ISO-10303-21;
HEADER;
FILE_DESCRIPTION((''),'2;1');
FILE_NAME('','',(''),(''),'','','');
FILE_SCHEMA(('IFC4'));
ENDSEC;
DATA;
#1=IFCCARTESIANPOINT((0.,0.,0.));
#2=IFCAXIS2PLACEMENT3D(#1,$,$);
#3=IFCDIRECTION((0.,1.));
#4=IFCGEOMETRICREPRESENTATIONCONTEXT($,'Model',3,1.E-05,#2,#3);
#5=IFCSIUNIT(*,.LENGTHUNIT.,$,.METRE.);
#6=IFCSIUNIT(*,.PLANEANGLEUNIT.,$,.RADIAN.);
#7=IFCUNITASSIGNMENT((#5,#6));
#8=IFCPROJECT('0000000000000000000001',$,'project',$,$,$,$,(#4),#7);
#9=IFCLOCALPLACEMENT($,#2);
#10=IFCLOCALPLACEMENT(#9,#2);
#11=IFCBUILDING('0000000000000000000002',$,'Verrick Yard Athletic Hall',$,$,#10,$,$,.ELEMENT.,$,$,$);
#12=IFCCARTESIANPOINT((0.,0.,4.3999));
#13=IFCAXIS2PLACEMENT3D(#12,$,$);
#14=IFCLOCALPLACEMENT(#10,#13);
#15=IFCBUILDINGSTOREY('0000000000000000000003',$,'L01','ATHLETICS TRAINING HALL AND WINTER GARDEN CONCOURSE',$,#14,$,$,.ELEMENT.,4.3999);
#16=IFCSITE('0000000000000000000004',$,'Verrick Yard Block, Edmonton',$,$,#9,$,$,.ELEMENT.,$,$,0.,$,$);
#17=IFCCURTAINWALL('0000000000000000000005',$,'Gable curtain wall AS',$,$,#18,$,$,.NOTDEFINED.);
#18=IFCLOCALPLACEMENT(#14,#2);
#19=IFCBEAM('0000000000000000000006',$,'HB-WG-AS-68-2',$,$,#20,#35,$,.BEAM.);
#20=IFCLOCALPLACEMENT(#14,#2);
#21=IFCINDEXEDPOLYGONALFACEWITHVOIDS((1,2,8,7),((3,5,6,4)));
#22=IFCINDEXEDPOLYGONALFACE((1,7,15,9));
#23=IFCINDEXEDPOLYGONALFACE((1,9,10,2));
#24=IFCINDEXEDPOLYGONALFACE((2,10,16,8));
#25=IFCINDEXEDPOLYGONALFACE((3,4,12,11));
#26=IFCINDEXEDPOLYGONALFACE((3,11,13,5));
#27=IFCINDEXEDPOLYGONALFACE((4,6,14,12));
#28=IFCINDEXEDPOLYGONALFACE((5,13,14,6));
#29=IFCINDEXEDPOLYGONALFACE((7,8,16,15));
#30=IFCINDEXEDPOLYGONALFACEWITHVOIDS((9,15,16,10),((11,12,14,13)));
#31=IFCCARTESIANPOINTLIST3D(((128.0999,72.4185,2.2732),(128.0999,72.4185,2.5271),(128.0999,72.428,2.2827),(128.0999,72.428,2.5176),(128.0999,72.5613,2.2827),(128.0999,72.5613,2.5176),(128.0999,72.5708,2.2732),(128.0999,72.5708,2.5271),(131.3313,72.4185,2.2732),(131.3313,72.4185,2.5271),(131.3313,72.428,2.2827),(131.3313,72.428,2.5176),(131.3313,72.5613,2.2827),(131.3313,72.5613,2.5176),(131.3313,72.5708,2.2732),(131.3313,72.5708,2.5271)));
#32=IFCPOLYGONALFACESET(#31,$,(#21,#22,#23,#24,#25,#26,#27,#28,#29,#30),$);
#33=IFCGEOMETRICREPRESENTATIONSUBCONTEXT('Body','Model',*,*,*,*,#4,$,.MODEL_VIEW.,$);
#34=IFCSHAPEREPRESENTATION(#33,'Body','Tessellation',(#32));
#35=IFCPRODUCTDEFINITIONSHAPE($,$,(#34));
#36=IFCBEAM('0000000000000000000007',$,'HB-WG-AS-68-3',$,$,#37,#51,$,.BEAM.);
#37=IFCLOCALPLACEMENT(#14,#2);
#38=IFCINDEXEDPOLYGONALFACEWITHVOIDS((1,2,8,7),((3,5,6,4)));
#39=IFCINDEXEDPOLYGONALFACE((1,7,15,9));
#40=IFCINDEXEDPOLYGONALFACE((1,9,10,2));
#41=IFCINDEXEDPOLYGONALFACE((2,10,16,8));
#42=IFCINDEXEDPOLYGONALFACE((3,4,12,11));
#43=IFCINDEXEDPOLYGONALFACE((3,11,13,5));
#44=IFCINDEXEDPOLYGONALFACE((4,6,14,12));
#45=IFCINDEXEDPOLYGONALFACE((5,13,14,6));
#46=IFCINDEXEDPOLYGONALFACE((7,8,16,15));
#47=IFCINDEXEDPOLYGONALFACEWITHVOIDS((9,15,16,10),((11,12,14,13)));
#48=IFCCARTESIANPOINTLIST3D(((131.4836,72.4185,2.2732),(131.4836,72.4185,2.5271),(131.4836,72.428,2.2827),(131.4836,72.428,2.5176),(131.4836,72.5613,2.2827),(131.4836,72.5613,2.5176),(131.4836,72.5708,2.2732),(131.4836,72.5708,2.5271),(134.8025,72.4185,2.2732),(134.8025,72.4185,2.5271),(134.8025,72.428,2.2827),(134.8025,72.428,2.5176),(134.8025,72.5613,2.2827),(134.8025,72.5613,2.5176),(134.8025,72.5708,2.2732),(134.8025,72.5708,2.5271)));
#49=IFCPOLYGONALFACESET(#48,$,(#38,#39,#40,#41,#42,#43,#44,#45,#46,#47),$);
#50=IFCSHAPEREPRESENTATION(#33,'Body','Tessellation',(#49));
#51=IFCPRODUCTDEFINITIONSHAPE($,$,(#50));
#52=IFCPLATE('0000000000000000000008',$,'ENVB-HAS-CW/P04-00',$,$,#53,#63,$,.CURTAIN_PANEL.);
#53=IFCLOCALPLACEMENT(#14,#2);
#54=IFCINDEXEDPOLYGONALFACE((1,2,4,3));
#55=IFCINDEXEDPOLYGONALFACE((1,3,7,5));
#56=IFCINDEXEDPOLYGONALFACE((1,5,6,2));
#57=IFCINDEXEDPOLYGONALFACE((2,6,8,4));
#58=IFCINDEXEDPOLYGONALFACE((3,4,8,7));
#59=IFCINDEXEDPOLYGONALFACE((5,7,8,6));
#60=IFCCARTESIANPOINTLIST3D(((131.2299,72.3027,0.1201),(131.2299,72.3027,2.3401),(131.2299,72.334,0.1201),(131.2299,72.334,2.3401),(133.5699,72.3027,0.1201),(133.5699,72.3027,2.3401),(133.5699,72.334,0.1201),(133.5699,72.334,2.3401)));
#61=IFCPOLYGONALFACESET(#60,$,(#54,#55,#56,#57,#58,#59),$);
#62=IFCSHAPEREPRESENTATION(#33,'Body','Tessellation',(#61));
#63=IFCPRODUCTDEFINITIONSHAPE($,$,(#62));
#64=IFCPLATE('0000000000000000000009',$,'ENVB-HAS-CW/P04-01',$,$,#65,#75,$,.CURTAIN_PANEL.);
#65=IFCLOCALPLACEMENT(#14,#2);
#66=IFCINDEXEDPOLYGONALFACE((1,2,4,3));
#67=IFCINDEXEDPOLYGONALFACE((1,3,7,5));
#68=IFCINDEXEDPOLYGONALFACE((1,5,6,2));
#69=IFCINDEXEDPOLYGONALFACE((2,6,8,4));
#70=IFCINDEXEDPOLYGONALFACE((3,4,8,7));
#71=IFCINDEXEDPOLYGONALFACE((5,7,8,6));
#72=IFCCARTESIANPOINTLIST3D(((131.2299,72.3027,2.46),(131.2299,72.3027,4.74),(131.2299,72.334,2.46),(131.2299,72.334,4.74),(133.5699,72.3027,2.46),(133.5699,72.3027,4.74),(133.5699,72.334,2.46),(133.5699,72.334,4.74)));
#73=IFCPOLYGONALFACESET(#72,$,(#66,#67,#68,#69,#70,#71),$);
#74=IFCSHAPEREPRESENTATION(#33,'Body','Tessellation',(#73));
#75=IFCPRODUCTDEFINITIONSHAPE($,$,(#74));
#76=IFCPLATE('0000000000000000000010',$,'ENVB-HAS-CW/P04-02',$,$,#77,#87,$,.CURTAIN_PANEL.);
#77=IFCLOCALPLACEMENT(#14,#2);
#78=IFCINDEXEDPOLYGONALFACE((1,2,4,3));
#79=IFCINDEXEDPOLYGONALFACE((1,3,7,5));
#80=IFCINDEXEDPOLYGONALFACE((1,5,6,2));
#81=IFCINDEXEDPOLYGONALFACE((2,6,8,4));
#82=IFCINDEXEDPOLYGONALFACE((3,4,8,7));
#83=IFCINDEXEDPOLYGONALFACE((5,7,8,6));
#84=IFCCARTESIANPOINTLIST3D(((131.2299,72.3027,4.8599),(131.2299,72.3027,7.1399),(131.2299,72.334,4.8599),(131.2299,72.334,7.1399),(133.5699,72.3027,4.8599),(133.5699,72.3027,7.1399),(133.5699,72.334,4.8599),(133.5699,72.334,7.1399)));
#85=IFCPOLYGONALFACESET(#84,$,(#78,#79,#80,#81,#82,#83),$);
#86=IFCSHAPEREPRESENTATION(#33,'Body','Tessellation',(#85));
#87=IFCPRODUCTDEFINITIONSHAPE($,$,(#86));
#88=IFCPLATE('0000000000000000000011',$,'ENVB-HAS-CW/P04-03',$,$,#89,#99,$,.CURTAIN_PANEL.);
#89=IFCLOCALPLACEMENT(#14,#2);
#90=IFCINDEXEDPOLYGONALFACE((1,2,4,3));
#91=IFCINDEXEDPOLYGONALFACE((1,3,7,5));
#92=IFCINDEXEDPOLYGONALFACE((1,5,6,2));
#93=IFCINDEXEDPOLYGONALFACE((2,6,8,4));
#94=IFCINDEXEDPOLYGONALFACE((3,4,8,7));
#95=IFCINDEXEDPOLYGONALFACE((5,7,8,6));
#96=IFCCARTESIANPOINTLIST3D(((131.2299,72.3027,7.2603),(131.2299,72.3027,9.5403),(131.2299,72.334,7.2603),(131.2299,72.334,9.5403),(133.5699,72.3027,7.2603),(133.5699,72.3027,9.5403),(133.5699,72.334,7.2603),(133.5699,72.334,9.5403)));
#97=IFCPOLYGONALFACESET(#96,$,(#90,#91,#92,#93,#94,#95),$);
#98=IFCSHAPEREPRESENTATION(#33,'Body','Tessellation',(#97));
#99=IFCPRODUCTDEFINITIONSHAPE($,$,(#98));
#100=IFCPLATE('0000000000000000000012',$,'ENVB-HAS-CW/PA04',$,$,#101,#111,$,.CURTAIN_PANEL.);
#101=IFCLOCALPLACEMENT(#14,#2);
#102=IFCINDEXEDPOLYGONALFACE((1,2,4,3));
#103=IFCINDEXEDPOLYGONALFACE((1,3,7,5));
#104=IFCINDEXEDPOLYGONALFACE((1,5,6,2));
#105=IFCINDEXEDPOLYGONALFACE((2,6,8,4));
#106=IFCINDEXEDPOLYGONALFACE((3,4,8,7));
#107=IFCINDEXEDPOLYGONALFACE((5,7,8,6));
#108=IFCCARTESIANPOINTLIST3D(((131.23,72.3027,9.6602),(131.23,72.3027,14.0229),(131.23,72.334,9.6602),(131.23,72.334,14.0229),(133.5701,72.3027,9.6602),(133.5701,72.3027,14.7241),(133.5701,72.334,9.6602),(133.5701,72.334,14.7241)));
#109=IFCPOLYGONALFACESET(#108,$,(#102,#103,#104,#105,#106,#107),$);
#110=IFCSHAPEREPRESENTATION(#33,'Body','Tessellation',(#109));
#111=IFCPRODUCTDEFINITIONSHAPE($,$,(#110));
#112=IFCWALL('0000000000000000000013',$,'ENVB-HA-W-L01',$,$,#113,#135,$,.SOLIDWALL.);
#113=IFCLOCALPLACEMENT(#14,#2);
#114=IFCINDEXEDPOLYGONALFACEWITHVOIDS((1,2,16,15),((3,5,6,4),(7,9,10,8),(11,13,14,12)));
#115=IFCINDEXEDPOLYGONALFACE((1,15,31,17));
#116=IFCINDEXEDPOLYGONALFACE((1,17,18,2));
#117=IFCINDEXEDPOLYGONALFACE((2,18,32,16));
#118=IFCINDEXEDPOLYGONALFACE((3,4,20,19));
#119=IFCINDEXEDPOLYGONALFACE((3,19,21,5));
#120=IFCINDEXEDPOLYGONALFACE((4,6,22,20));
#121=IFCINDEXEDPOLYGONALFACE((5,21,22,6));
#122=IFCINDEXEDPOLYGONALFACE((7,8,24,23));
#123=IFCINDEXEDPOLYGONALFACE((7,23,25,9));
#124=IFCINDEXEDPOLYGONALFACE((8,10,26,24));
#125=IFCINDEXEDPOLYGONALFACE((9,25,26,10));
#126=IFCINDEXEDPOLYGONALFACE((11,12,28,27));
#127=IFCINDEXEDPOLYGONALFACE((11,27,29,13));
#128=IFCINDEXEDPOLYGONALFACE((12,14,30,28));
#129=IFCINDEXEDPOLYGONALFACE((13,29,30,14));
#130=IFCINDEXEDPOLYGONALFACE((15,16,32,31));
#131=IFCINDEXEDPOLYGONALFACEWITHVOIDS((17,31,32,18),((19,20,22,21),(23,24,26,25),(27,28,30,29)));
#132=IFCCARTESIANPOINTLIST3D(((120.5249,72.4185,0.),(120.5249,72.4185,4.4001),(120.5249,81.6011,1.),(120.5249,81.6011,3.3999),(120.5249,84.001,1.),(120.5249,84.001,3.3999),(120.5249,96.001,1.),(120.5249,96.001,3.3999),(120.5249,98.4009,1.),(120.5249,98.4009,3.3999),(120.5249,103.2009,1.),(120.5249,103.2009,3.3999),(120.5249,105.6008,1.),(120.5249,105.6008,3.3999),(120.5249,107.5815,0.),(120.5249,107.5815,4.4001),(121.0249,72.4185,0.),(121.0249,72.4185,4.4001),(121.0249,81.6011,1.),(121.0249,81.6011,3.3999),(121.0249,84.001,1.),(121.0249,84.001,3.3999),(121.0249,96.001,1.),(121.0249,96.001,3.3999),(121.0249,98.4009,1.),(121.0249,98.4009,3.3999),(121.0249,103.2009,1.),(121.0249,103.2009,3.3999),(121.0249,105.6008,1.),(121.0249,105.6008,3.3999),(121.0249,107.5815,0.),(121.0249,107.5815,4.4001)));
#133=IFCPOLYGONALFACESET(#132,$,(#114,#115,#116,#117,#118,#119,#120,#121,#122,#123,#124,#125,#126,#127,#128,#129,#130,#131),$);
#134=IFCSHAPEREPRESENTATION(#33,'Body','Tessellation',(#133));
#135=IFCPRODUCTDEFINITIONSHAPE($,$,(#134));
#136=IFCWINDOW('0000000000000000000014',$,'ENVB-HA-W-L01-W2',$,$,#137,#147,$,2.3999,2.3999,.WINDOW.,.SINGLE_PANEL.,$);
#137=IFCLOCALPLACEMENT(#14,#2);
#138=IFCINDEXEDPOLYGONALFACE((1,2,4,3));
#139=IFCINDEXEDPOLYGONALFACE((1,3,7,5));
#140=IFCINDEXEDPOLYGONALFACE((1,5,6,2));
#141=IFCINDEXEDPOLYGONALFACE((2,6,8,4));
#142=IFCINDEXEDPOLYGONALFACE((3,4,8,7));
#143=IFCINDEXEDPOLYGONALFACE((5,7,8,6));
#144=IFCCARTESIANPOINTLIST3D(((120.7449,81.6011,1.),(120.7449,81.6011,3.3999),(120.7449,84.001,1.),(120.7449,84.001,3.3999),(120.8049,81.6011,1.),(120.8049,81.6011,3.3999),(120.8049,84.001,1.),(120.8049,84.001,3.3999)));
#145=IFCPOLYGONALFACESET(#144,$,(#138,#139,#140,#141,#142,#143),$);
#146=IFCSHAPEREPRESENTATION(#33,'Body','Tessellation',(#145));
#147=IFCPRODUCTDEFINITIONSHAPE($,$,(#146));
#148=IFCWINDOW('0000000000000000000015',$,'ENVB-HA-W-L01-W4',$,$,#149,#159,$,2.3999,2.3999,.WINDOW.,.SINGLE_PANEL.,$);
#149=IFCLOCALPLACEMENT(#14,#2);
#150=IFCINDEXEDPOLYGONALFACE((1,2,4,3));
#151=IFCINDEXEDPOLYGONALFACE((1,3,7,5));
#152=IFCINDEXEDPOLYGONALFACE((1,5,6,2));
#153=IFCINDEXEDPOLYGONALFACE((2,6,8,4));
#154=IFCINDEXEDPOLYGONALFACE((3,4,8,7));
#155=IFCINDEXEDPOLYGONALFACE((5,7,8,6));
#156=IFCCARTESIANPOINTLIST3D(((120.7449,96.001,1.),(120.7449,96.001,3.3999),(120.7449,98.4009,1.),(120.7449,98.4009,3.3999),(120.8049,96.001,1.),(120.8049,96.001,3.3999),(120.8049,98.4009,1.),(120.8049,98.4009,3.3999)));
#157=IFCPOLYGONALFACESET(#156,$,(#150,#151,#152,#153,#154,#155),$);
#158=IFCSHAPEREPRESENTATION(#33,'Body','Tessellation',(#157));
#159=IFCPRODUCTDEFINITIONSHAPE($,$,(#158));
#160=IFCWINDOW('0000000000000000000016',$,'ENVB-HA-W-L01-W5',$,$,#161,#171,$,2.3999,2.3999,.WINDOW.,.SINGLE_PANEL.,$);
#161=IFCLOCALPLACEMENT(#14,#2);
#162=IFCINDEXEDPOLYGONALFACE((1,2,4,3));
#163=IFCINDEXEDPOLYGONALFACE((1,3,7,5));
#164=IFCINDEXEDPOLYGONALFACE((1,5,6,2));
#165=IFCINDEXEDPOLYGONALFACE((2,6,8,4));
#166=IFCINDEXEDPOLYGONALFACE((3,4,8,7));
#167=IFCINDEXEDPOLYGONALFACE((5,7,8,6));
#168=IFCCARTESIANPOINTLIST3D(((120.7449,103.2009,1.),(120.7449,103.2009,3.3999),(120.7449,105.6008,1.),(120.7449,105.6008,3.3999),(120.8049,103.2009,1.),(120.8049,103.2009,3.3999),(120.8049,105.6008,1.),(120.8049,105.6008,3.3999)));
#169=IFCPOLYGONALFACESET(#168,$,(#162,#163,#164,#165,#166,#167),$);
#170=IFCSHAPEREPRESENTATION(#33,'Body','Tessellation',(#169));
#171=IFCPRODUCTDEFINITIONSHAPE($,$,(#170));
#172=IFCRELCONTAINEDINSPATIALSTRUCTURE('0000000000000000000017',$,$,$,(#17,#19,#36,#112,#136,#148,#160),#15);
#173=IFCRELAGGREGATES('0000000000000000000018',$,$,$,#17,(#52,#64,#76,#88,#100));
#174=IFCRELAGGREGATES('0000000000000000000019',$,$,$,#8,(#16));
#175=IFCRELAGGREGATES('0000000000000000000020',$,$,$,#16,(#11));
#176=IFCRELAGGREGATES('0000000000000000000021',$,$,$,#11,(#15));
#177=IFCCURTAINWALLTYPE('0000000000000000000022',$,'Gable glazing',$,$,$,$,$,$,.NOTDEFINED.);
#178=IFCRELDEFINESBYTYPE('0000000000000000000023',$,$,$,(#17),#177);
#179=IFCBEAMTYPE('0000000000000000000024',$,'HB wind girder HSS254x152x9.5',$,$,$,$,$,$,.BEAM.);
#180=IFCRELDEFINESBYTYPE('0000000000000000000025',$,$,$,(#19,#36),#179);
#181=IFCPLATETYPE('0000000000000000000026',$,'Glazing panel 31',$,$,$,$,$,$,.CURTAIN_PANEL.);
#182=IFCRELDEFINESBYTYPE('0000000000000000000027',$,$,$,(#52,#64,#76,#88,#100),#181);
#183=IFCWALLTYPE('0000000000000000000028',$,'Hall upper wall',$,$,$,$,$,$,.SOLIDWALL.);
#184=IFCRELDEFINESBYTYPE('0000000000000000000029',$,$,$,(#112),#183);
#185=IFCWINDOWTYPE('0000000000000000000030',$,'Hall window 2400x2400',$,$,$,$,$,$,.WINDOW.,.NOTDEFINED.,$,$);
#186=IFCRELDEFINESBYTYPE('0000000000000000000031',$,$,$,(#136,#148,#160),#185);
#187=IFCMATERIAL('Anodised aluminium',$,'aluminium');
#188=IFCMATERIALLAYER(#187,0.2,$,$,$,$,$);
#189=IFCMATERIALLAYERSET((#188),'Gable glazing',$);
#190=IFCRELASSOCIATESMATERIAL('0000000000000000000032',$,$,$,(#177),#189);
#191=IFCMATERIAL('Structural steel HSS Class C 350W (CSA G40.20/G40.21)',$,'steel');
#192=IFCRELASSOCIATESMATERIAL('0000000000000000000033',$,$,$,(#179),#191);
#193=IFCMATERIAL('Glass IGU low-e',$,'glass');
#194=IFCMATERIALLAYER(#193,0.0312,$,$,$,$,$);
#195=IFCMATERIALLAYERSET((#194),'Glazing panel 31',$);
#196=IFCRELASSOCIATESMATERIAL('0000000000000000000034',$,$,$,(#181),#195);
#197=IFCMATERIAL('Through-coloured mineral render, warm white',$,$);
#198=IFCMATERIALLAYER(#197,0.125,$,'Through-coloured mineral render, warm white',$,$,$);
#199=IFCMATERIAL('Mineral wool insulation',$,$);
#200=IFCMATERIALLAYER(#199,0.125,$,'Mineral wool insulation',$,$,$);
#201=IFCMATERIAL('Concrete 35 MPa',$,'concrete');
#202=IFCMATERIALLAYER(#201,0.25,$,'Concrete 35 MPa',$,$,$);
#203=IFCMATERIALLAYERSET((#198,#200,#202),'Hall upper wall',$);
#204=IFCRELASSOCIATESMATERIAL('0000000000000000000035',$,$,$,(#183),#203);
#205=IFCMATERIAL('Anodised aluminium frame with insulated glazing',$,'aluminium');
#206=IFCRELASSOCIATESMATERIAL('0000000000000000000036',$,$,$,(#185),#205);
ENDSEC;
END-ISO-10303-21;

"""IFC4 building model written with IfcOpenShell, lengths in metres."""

from ifc_helpers import new_model, si_unit, direction, frame, frame_2d, origin, origin_2d, place, context, subcontext, project, spatial, polyline, rectangle, hollow_rectangle, outline, extrude, material, layer, layer_set, material_profile, profile_set, type_object, element, fill, aggregate, save


model = new_model("IFC4")

# Units and contexts
model_context = context("Model", 3, precision=1e-05, world=origin(), true_north=direction((0.0, 1.0)))
body_context = subcontext(model_context, "Body", "Model", "MODEL_VIEW")
ifc_project = project(units=[si_unit("LENGTHUNIT", "METRE"), si_unit("PLANEANGLEUNIT", "RADIAN")], contexts=[model_context])

# Site, building, storey
site_placement = place(None, origin())
site = spatial("IfcSite", under=ifc_project, at=site_placement, Name="Verrick Yard Block, Edmonton", CompositionType="ELEMENT", RefElevation=0.0)
building_placement = place(site_placement, origin())
building = spatial("IfcBuilding", under=site, at=building_placement, Name="Verrick Yard Athletic Hall", CompositionType="ELEMENT")
storey_placement = place(building_placement, frame((0.0, 0.0, 4.3999)))
storey = spatial("IfcBuildingStorey", under=building, at=storey_placement, Name="L01", Description="ATHLETICS TRAINING HALL AND WINTER GARDEN CONCOURSE", CompositionType="ELEMENT", Elevation=4.3999)

# Curtain wall
ifc_material_1 = material(Name="Anodised aluminium", Category="aluminium")
ifc_layer_1 = layer(ifc_material_1, 0.2)
ifc_layer_set_1 = layer_set([ifc_layer_1], Name="Gable glazing")
curtain_wall_type = type_object("IfcCurtainWallType", Name="Gable glazing", PredefinedType="NOTDEFINED", material=ifc_layer_set_1)
curtain_wall_placement = place(storey_placement, origin())
curtain_wall = element("IfcCurtainWall", 1, at=curtain_wall_placement, inside=storey, type_object=curtain_wall_type, Name="Gable curtain wall AS", PredefinedType="NOTDEFINED")

# Shared definitions
ifc_material_2 = material(Name="Structural steel HSS Class C 350W (CSA G40.20/G40.21)", Category="steel")

# Beams
ifc_material_profile_1 = material_profile(ifc_material_2, hollow_rectangle(XDim=0.1523, YDim=0.2539, WallThickness=0.0095, at=origin_2d()), Name="HSS254x152x9.5")
ifc_profile_set_1 = profile_set([ifc_material_profile_1], Name="Structural steel HSS Class C 350W (CSA G40.20/G40.21)")
beam_type_1 = type_object("IfcBeamType", Name="HB wind girder HSS254x152x9.5", PredefinedType="BEAM", material=ifc_profile_set_1)
beam_1_placement = place(storey_placement, frame((128.0999, 72.4946, 2.4001), z_axis=(1.0, 0.0, 0.0), x_axis=(0.0, 1.0, 0.0)))
element("IfcBeam", 2, at=beam_1_placement, inside=storey, type_object=beam_type_1, Name="HB-WG-AS-68-2", PredefinedType="BEAM", context=body_context, shape_type="SweptSolid", body=[
    extrude(hollow_rectangle(XDim=0.1523, YDim=0.2539, WallThickness=0.0095, at=origin_2d()), origin(), (0.0, 0.0, 1.0), 3.2314),
])
beam_2_placement = place(storey_placement, frame((131.4836, 72.4946, 2.4001), z_axis=(1.0, 0.0, 0.0), x_axis=(0.0, 1.0, 0.0)))
element("IfcBeam", 3, at=beam_2_placement, inside=storey, type_object=beam_type_1, Name="HB-WG-AS-68-3", PredefinedType="BEAM", context=body_context, shape_type="SweptSolid", body=[
    extrude(hollow_rectangle(XDim=0.1523, YDim=0.2539, WallThickness=0.0095, at=origin_2d()), origin(), (0.0, 0.0, 1.0), 3.3188),
])

# Plates
ifc_material_3 = material(Name="Glass IGU low-e", Category="glass")
ifc_layer_2 = layer(ifc_material_3, 0.0312)
ifc_layer_set_2 = layer_set([ifc_layer_2], Name="Glazing panel 31")
plate_type = type_object("IfcPlateType", Name="Glazing panel 31", PredefinedType="CURTAIN_PANEL", material=ifc_layer_set_2)
plate_1_placement = place(storey_placement, frame((132.3999, 72.3184, 0.1201), z_axis=(0.0, 0.0, 1.0), x_axis=(1.0, 0.0, 0.0)))
plate_1 = element("IfcPlate", 4, at=plate_1_placement, type_object=plate_type, Name="ENVB-HAS-CW/P04-00", PredefinedType="CURTAIN_PANEL", context=body_context, shape_type="SweptSolid", body=[
    extrude(rectangle(XDim=2.3401, YDim=0.0312, at=origin_2d()), origin(), (0.0, 0.0, 1.0), 2.22),
])
plate_2_placement = place(storey_placement, frame((132.3999, 72.3184, 2.46), z_axis=(0.0, 0.0, 1.0), x_axis=(1.0, 0.0, 0.0)))
plate_2 = element("IfcPlate", 5, at=plate_2_placement, type_object=plate_type, Name="ENVB-HAS-CW/P04-01", PredefinedType="CURTAIN_PANEL", context=body_context, shape_type="SweptSolid", body=[
    extrude(rectangle(XDim=2.3401, YDim=0.0312, at=origin_2d()), origin(), (0.0, 0.0, 1.0), 2.28),
])
plate_3_placement = place(storey_placement, frame((132.3999, 72.3184, 4.8599), z_axis=(0.0, 0.0, 1.0), x_axis=(1.0, 0.0, 0.0)))
plate_3 = element("IfcPlate", 6, at=plate_3_placement, type_object=plate_type, Name="ENVB-HAS-CW/P04-02", PredefinedType="CURTAIN_PANEL", context=body_context, shape_type="SweptSolid", body=[
    extrude(rectangle(XDim=2.3401, YDim=0.0312, at=origin_2d()), origin(), (0.0, 0.0, 1.0), 2.28),
])
plate_4_placement = place(storey_placement, frame((132.3999, 72.3184, 7.2603), z_axis=(0.0, 0.0, 1.0), x_axis=(1.0, 0.0, 0.0)))
plate_4 = element("IfcPlate", 7, at=plate_4_placement, type_object=plate_type, Name="ENVB-HAS-CW/P04-03", PredefinedType="CURTAIN_PANEL", context=body_context, shape_type="SweptSolid", body=[
    extrude(rectangle(XDim=2.3401, YDim=0.0312, at=origin_2d()), origin(), (0.0, 0.0, 1.0), 2.28),
])
plate_5_placement = place(storey_placement, frame((131.23, 72.3184, 9.6602), z_axis=(0.0, 0.0, 1.0), x_axis=(1.0, 0.0, 0.0)))
plate_5 = element("IfcPlate", 8, at=plate_5_placement, type_object=plate_type, Name="ENVB-HAS-CW/PA04", PredefinedType="CURTAIN_PANEL", context=body_context, shape_type="SweptSolid", body=[
    extrude(outline(polyline([(0.0, 4.3628), (2.3401, 5.064), (2.3401, 0.0), (0.0, 0.0), (0.0, 4.3628)])), frame((0.0, 0.0156, 0.0), z_axis=(0.0, -1.0, 0.0), x_axis=(1.0, 0.0, 0.0)), (0.0, 0.0, 1.0), 0.0312),
])
aggregate(curtain_wall, [plate_1, plate_2, plate_3, plate_4, plate_5])

# Wall, openings, windows
ifc_material_4 = material(Name="Through-coloured mineral render, warm white")
ifc_layer_3 = layer(ifc_material_4, 0.125, Name="Through-coloured mineral render, warm white")
ifc_material_5 = material(Name="Mineral wool insulation")
ifc_layer_4 = layer(ifc_material_5, 0.125, Name="Mineral wool insulation")
ifc_material_6 = material(Name="Concrete 35 MPa", Category="concrete")
ifc_layer_5 = layer(ifc_material_6, 0.25, Name="Concrete 35 MPa")
ifc_layer_set_3 = layer_set([ifc_layer_3, ifc_layer_4, ifc_layer_5], Name="Hall upper wall")
wall_type = type_object("IfcWallType", Name="Hall upper wall", PredefinedType="SOLIDWALL", material=ifc_layer_set_3)
wall_placement = place(storey_placement, frame((120.7749, 72.4185, 0.0), z_axis=(0.0, 0.0, 1.0), x_axis=(0.0, 1.0, 0.0)))
wall = element("IfcWall", 9, at=wall_placement, inside=storey, type_object=wall_type, Name="ENVB-HA-W-L01", PredefinedType="SOLIDWALL", context=body_context, shape_type="SweptSolid", body=[
    extrude(rectangle(XDim=35.1631, YDim=0.5, at=frame_2d((17.5815, 0.0))), origin(), (0.0, 0.0, 1.0), 4.4001),
])
opening_1_placement = place(wall_placement, frame((9.1826, 0.0, 1.0)))
opening_1 = element("IfcOpeningElement", 10, at=opening_1_placement, cuts=wall, PredefinedType="OPENING", context=body_context, shape_type="SweptSolid", body=[
    extrude(rectangle(XDim=2.3999, YDim=2.3999, at=frame_2d((1.2, 1.2))), frame((0.0, 0.26, 0.0), z_axis=(0.0, -1.0, 0.0), x_axis=(1.0, 0.0, 0.0)), (0.0, 0.0, 1.0), 0.52),
])
opening_2_placement = place(wall_placement, frame((23.5825, 0.0, 1.0)))
opening_2 = element("IfcOpeningElement", 11, at=opening_2_placement, cuts=wall, PredefinedType="OPENING", context=body_context, shape_type="SweptSolid", body=[
    extrude(rectangle(XDim=2.3999, YDim=2.3999, at=frame_2d((1.2, 1.2))), frame((0.0, 0.26, 0.0), z_axis=(0.0, -1.0, 0.0), x_axis=(1.0, 0.0, 0.0)), (0.0, 0.0, 1.0), 0.52),
])
opening_3_placement = place(wall_placement, frame((30.7825, 0.0, 1.0)))
opening_3 = element("IfcOpeningElement", 12, at=opening_3_placement, cuts=wall, PredefinedType="OPENING", context=body_context, shape_type="SweptSolid", body=[
    extrude(rectangle(XDim=2.3999, YDim=2.3999, at=frame_2d((1.2, 1.2))), frame((0.0, 0.26, 0.0), z_axis=(0.0, -1.0, 0.0), x_axis=(1.0, 0.0, 0.0)), (0.0, 0.0, 1.0), 0.52),
])
ifc_material_7 = material(Name="Anodised aluminium frame with insulated glazing", Category="aluminium")
window_type = type_object("IfcWindowType", Name="Hall window 2400x2400", PartitioningType="NOTDEFINED", PredefinedType="WINDOW", material=ifc_material_7)
window_1_placement = place(opening_1_placement, origin())
window_1 = element("IfcWindow", 13, at=window_1_placement, inside=storey, type_object=window_type, Name="ENVB-HA-W-L01-W2", OverallHeight=2.3999, OverallWidth=2.3999, PartitioningType="SINGLE_PANEL", PredefinedType="WINDOW", context=body_context, shape_type="SweptSolid", body=[
    extrude(rectangle(XDim=2.3999, YDim=2.3999, at=frame_2d((1.2, 1.2))), frame((0.0, 0.03, 0.0), z_axis=(0.0, -1.0, 0.0), x_axis=(1.0, 0.0, 0.0)), (0.0, 0.0, 1.0), 0.0601),
])
fill(opening_1, window_1)
window_2_placement = place(opening_2_placement, origin())
window_2 = element("IfcWindow", 14, at=window_2_placement, inside=storey, type_object=window_type, Name="ENVB-HA-W-L01-W4", OverallHeight=2.3999, OverallWidth=2.3999, PartitioningType="SINGLE_PANEL", PredefinedType="WINDOW", context=body_context, shape_type="SweptSolid", body=[
    extrude(rectangle(XDim=2.3999, YDim=2.3999, at=frame_2d((1.2, 1.2))), frame((0.0, 0.03, 0.0), z_axis=(0.0, -1.0, 0.0), x_axis=(1.0, 0.0, 0.0)), (0.0, 0.0, 1.0), 0.0601),
])
fill(opening_2, window_2)
window_3_placement = place(opening_3_placement, origin())
window_3 = element("IfcWindow", 15, at=window_3_placement, inside=storey, type_object=window_type, Name="ENVB-HA-W-L01-W5", OverallHeight=2.3999, OverallWidth=2.3999, PartitioningType="SINGLE_PANEL", PredefinedType="WINDOW", context=body_context, shape_type="SweptSolid", body=[
    extrude(rectangle(XDim=2.3999, YDim=2.3999, at=frame_2d((1.2, 1.2))), frame((0.0, 0.03, 0.0), z_axis=(0.0, -1.0, 0.0), x_axis=(1.0, 0.0, 0.0)), (0.0, 0.0, 1.0), 0.0601),
])
fill(opening_3, window_3)

save(model, "model.ifc")
